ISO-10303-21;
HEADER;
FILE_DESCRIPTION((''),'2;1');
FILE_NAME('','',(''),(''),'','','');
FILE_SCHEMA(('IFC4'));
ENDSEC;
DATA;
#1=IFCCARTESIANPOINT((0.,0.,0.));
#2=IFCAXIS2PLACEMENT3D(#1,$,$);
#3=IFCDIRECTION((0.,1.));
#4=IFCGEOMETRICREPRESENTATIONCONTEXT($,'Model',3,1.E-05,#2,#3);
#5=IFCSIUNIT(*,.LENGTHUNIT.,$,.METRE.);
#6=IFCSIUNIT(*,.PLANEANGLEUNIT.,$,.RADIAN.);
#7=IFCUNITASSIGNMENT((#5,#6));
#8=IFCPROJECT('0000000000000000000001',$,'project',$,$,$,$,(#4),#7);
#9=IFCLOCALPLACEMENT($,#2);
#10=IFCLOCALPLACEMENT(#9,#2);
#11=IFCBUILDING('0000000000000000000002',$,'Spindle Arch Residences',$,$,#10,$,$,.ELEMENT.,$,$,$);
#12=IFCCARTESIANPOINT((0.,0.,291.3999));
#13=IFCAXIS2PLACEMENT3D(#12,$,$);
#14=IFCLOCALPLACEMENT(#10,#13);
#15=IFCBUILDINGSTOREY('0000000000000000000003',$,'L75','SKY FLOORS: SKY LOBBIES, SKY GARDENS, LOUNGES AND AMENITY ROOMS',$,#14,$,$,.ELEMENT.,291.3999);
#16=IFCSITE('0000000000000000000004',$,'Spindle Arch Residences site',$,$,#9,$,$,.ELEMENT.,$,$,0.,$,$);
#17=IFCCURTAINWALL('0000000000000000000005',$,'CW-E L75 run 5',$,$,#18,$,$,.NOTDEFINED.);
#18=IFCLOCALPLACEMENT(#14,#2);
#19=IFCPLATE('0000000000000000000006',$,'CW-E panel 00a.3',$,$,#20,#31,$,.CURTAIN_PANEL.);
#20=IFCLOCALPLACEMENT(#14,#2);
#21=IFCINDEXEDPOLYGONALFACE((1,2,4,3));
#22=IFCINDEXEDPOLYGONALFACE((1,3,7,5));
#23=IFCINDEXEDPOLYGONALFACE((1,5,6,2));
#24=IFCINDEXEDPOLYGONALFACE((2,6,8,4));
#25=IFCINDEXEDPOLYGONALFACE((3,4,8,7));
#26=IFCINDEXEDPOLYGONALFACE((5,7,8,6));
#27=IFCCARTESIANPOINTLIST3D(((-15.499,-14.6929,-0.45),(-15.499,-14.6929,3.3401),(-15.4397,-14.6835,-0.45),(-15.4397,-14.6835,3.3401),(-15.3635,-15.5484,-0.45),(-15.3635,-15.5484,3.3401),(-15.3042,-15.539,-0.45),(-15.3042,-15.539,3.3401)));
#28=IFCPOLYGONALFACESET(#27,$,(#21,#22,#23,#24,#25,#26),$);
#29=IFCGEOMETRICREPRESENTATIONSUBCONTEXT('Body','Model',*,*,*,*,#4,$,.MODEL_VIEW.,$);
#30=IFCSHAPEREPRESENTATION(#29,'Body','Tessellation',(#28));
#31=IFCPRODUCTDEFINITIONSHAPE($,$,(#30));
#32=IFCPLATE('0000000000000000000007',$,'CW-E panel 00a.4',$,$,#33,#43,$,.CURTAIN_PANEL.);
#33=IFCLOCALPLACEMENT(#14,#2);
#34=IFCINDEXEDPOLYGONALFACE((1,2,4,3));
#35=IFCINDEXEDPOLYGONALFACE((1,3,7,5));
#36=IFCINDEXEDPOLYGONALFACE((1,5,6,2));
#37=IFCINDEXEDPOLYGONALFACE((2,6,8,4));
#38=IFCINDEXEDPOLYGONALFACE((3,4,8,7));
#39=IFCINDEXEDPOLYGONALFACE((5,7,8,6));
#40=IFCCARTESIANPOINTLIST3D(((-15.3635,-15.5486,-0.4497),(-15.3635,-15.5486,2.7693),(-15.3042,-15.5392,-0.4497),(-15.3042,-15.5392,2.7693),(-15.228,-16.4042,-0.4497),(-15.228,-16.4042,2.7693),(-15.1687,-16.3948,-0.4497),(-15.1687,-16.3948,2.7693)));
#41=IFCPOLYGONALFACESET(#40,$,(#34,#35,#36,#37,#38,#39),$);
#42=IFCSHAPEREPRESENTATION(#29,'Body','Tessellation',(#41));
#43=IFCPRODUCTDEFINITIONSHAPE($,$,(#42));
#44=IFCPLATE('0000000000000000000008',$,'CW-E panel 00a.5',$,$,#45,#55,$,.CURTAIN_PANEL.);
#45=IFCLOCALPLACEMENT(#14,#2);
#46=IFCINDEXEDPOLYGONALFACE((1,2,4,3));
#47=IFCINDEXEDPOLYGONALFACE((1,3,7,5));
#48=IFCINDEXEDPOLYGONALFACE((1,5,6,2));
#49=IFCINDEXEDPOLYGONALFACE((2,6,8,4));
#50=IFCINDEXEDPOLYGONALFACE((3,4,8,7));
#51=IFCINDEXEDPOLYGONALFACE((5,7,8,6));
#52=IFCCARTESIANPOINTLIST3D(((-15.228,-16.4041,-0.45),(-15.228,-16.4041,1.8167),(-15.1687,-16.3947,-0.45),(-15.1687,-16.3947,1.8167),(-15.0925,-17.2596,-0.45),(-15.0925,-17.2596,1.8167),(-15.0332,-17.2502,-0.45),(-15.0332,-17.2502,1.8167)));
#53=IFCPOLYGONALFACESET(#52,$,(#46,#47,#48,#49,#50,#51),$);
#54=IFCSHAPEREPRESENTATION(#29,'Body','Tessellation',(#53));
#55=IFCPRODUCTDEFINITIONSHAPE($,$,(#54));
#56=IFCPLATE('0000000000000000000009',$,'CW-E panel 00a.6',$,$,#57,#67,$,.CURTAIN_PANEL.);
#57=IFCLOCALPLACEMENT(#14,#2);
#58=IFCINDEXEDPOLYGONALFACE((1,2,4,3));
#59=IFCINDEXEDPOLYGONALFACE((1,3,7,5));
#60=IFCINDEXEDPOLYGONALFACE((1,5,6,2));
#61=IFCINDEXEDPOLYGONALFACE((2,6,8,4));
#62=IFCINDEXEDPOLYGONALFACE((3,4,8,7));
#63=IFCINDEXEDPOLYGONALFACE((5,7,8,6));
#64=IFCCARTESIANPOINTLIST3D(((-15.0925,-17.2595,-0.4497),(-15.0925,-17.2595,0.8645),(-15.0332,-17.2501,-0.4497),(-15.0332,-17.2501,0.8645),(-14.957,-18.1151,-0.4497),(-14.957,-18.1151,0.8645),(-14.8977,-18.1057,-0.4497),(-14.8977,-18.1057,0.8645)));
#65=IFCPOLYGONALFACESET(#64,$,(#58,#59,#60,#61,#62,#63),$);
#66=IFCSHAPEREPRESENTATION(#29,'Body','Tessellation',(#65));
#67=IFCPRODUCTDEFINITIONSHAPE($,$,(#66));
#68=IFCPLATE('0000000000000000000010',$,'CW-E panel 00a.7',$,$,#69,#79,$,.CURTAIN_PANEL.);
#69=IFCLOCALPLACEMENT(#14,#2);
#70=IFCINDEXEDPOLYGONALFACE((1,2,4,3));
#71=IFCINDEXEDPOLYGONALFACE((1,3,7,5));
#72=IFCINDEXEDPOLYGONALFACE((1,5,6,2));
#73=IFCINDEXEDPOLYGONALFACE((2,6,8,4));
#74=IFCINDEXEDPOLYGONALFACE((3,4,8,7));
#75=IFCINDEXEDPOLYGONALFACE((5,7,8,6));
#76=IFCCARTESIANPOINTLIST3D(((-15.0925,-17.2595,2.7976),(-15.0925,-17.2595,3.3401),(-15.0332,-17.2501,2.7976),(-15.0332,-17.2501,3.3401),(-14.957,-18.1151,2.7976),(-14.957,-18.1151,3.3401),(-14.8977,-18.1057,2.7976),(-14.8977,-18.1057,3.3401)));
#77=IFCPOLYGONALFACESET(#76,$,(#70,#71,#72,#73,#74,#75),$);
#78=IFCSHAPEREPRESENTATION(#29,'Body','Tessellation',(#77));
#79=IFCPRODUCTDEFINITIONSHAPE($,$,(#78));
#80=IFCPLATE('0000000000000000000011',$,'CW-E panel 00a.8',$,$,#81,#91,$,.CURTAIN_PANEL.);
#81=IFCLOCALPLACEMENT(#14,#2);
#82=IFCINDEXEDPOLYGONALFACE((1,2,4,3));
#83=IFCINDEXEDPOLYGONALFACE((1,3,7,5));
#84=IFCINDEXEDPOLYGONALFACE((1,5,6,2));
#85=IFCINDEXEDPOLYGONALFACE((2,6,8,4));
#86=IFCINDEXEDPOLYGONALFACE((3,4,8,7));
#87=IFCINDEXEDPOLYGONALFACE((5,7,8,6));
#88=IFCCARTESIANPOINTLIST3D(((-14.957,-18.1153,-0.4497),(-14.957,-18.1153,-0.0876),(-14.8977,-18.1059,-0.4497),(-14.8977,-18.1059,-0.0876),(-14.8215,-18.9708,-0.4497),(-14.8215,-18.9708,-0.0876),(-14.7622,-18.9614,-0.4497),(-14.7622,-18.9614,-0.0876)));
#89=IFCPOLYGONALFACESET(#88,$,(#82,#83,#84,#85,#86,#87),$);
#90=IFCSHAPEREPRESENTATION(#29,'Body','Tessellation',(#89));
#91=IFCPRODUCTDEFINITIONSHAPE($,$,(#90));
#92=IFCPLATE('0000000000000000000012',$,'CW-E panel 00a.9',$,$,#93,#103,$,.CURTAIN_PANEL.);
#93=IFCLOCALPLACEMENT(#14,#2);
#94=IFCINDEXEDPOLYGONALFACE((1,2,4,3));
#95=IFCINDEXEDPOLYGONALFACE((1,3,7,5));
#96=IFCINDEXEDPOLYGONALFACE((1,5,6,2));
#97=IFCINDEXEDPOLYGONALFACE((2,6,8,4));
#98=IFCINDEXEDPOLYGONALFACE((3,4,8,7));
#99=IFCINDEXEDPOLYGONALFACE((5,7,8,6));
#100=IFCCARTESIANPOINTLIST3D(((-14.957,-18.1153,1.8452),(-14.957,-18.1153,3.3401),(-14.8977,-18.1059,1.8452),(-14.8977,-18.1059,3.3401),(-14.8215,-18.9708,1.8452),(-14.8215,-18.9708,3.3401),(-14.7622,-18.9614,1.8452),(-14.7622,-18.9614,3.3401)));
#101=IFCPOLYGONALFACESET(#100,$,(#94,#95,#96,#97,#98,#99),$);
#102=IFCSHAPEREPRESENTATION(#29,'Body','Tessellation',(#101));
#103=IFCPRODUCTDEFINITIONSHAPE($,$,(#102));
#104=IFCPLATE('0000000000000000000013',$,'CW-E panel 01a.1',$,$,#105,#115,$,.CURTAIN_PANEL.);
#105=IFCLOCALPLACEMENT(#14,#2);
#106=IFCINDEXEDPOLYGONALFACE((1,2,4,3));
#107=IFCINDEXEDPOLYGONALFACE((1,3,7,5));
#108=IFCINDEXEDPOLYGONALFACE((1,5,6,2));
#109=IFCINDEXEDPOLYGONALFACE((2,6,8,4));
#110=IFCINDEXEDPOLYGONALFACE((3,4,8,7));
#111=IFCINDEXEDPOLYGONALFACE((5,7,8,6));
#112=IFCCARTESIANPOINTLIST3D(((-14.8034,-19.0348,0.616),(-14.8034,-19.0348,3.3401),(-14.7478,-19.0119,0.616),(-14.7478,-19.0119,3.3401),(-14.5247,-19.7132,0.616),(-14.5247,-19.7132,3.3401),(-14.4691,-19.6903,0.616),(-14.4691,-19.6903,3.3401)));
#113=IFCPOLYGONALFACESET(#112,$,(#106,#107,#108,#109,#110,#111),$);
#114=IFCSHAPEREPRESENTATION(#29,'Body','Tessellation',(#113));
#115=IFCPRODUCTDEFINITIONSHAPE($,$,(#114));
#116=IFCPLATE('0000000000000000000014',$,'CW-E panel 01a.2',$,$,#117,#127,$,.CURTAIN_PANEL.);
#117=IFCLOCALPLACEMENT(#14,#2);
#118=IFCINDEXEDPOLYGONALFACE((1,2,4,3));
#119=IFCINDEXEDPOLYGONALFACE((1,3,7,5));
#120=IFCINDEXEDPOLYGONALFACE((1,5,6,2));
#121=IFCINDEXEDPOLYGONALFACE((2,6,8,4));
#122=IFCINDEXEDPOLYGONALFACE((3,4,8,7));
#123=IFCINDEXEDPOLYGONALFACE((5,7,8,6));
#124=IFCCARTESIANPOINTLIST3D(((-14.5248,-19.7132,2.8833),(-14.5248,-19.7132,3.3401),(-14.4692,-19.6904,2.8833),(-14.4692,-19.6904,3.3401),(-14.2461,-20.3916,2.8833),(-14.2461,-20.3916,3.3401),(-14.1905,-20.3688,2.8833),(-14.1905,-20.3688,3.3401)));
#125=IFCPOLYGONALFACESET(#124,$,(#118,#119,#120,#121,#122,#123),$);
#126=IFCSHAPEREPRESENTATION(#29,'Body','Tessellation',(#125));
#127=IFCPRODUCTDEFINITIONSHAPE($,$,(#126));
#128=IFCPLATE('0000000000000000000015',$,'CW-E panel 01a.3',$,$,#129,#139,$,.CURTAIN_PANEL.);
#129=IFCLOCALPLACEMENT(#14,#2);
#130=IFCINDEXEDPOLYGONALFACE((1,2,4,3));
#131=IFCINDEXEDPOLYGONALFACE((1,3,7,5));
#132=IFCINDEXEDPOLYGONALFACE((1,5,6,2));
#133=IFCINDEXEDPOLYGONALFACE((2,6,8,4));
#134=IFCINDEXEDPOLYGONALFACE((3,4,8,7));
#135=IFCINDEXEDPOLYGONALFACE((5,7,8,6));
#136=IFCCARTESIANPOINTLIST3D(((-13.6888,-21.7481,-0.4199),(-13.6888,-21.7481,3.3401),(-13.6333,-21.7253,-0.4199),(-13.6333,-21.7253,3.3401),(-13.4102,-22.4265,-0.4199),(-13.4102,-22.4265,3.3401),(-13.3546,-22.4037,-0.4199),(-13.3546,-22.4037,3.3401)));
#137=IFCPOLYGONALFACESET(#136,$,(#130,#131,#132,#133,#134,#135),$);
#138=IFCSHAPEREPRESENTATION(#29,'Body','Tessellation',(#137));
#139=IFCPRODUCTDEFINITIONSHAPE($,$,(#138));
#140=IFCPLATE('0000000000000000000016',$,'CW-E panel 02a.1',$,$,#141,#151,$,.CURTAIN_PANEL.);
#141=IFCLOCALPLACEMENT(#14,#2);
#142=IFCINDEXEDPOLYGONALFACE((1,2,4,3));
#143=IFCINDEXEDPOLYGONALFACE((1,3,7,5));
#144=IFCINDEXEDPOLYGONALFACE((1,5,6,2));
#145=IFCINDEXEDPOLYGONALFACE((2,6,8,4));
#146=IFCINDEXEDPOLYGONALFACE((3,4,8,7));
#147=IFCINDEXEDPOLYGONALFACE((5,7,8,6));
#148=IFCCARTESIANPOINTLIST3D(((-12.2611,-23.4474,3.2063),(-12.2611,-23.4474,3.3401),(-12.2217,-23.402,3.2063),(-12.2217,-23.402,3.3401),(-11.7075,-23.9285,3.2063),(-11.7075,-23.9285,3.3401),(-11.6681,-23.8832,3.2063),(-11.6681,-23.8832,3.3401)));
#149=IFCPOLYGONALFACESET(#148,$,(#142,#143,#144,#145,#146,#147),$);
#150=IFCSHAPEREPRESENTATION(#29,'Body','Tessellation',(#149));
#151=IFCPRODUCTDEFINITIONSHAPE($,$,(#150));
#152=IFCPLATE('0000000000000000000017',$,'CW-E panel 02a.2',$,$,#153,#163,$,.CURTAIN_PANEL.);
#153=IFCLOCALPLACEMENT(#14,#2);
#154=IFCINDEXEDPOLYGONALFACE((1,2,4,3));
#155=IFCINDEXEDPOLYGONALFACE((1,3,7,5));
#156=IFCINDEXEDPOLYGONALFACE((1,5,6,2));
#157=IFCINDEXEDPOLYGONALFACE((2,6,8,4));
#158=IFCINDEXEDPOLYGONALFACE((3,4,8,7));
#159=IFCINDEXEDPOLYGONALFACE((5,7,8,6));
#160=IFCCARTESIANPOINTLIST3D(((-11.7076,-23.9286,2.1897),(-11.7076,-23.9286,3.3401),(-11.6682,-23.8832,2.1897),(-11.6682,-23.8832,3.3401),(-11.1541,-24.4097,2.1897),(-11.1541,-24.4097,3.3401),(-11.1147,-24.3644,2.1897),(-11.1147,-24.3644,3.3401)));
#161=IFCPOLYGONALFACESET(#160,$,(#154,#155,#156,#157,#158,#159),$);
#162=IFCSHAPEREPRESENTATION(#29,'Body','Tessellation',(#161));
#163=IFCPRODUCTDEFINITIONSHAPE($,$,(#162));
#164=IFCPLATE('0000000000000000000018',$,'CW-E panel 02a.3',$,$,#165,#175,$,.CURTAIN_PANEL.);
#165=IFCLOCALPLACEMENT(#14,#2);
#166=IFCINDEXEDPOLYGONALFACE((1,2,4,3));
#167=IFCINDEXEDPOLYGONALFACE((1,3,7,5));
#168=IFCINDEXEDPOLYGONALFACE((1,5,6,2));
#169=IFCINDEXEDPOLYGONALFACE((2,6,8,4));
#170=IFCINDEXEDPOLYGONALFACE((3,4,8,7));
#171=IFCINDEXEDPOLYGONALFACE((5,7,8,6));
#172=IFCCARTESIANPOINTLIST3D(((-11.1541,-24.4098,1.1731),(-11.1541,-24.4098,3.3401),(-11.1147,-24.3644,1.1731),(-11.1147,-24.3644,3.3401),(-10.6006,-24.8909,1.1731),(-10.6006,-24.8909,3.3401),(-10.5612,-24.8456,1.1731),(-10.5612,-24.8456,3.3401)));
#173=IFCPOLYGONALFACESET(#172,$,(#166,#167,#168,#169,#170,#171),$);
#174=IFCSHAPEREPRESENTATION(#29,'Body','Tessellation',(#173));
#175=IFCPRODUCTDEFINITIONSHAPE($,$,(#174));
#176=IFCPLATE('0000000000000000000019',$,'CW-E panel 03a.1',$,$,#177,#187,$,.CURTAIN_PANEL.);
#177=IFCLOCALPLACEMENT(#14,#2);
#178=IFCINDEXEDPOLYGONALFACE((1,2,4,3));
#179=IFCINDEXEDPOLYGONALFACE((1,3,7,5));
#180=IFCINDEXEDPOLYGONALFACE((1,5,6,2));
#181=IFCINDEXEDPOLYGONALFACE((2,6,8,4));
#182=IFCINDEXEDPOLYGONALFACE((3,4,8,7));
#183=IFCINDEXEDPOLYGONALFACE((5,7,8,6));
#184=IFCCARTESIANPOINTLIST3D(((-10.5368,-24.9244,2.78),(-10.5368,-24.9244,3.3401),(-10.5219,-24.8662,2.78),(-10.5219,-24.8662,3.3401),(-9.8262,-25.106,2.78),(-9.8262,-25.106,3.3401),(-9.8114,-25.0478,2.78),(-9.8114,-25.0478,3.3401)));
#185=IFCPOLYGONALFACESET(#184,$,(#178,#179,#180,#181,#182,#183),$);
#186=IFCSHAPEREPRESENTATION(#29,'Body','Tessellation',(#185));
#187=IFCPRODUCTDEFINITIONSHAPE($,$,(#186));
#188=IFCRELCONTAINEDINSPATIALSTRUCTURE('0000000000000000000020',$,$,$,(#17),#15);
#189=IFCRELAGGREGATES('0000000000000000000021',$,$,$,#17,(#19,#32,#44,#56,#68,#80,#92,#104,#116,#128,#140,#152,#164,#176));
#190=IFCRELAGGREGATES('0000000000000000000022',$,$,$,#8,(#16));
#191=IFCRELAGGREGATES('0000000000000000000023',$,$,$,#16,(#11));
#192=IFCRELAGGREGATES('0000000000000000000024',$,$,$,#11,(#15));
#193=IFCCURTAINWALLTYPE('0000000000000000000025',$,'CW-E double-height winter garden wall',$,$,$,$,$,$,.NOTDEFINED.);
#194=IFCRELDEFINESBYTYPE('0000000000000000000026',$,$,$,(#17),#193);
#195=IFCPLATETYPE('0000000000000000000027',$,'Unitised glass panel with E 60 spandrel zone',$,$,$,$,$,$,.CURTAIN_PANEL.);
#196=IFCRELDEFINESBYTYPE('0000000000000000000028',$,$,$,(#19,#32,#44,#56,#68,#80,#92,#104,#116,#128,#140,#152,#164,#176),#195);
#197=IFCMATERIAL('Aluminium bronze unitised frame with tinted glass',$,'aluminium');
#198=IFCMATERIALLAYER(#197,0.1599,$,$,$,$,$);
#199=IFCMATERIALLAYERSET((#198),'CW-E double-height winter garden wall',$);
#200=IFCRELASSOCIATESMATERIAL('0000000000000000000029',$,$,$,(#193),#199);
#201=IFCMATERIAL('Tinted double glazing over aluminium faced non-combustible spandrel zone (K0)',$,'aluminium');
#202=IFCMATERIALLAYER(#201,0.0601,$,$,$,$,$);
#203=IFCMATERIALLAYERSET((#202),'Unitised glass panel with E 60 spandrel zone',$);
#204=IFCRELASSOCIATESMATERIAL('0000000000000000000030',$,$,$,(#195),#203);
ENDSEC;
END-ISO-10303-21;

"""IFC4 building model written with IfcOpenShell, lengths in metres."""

from ifc_helpers import new_model, si_unit, direction, frame, origin, origin_2d, place, context, subcontext, project, spatial, rectangle, extrude, material, layer, layer_set, type_object, element, aggregate, save


model = new_model("IFC4")

# Units and contexts
model_context = context("Model", 3, precision=1e-05, world=origin(), true_north=direction((0.0, 1.0)))
body_context = subcontext(model_context, "Body", "Model", "MODEL_VIEW")
ifc_project = project(units=[si_unit("LENGTHUNIT", "METRE"), si_unit("PLANEANGLEUNIT", "RADIAN")], contexts=[model_context])

# Site, building, storey
site_placement = place(None, origin())
site = spatial("IfcSite", under=ifc_project, at=site_placement, Name="Spindle Arch Residences site", CompositionType="ELEMENT", RefElevation=0.0)
building_placement = place(site_placement, origin())
building = spatial("IfcBuilding", under=site, at=building_placement, Name="Spindle Arch Residences", CompositionType="ELEMENT")
storey_placement = place(building_placement, frame((0.0, 0.0, 291.3999)))
storey = spatial("IfcBuildingStorey", under=building, at=storey_placement, Name="L75", Description="SKY FLOORS: SKY LOBBIES, SKY GARDENS, LOUNGES AND AMENITY ROOMS", CompositionType="ELEMENT", Elevation=291.3999)

# Curtain wall, plates
ifc_material_1 = material(Name="Aluminium bronze unitised frame with tinted glass", Category="aluminium")
ifc_layer_1 = layer(ifc_material_1, 0.1599)
ifc_layer_set_1 = layer_set([ifc_layer_1], Name="CW-E double-height winter garden wall")
curtain_wall_type = type_object("IfcCurtainWallType", Name="CW-E double-height winter garden wall", PredefinedType="NOTDEFINED", material=ifc_layer_set_1)
curtain_wall_placement = place(storey_placement, origin())
curtain_wall = element("IfcCurtainWall", 1, at=curtain_wall_placement, inside=storey, type_object=curtain_wall_type, Name="CW-E L75 run 5", PredefinedType="NOTDEFINED")
ifc_material_2 = material(Name="Tinted double glazing over aluminium faced non-combustible spandrel zone (K0)", Category="aluminium")
ifc_layer_2 = layer(ifc_material_2, 0.0601)
ifc_layer_set_2 = layer_set([ifc_layer_2], Name="Unitised glass panel with E 60 spandrel zone")
plate_type_1 = type_object("IfcPlateType", Name="Unitised glass panel with E 60 spandrel zone", PredefinedType="CURTAIN_PANEL", material=ifc_layer_set_2)
plate_1_placement = place(storey_placement, frame((-15.4016, -15.116, -0.45), z_axis=(0.0, 0.0, 1.0), x_axis=(0.156434, -0.987688, 0.0)))
plate_1 = element("IfcPlate", 2, at=plate_1_placement, type_object=plate_type_1, Name="CW-E panel 00a.3", PredefinedType="CURTAIN_PANEL", context=body_context, shape_type="SweptSolid", body=[
    extrude(rectangle(XDim=0.8662, YDim=0.0601, at=origin_2d()), origin(), (0.0, 0.0, 1.0), 3.79),
])
plate_2_placement = place(storey_placement, frame((-15.2661, -15.9717, -0.4497), z_axis=(0.0, 0.0, 1.0), x_axis=(0.156434, -0.987688, 0.0)))
plate_2 = element("IfcPlate", 3, at=plate_2_placement, type_object=plate_type_1, Name="CW-E panel 00a.4", PredefinedType="CURTAIN_PANEL", context=body_context, shape_type="SweptSolid", body=[
    extrude(rectangle(XDim=0.8662, YDim=0.0601, at=origin_2d()), origin(), (0.0, 0.0, 1.0), 3.219),
])
plate_3_placement = place(storey_placement, frame((-15.1306, -16.8271, -0.45), z_axis=(0.0, 0.0, 1.0), x_axis=(0.156434, -0.987688, 0.0)))
plate_3 = element("IfcPlate", 4, at=plate_3_placement, type_object=plate_type_1, Name="CW-E panel 00a.5", PredefinedType="CURTAIN_PANEL", context=body_context, shape_type="SweptSolid", body=[
    extrude(rectangle(XDim=0.8662, YDim=0.0601, at=origin_2d()), origin(), (0.0, 0.0, 1.0), 2.2666),
])
plate_4_placement = place(storey_placement, frame((-14.9951, -17.6826, -0.4497), z_axis=(0.0, 0.0, 1.0), x_axis=(0.156434, -0.987688, 0.0)))
plate_4 = element("IfcPlate", 5, at=plate_4_placement, type_object=plate_type_1, Name="CW-E panel 00a.6", PredefinedType="CURTAIN_PANEL", context=body_context, shape_type="SweptSolid", body=[
    extrude(rectangle(XDim=0.8662, YDim=0.0601, at=origin_2d()), origin(), (0.0, 0.0, 1.0), 1.3142),
])
plate_5_placement = place(storey_placement, frame((-14.9951, -17.6826, 2.7976), z_axis=(0.0, 0.0, 1.0), x_axis=(0.156434, -0.987688, 0.0)))
plate_5 = element("IfcPlate", 6, at=plate_5_placement, type_object=plate_type_1, Name="CW-E panel 00a.7", PredefinedType="CURTAIN_PANEL", context=body_context, shape_type="SweptSolid", body=[
    extrude(rectangle(XDim=0.8662, YDim=0.0601, at=origin_2d()), origin(), (0.0, 0.0, 1.0), 0.5425),
])
plate_6_placement = place(storey_placement, frame((-14.8596, -18.5383, -0.4497), z_axis=(0.0, 0.0, 1.0), x_axis=(0.156434, -0.987688, 0.0)))
plate_6 = element("IfcPlate", 7, at=plate_6_placement, type_object=plate_type_1, Name="CW-E panel 00a.8", PredefinedType="CURTAIN_PANEL", context=body_context, shape_type="SweptSolid", body=[
    extrude(rectangle(XDim=0.8662, YDim=0.0601, at=origin_2d()), origin(), (0.0, 0.0, 1.0), 0.3621),
])
plate_7_placement = place(storey_placement, frame((-14.8596, -18.5383, 1.8452), z_axis=(0.0, 0.0, 1.0), x_axis=(0.156434, -0.987688, 0.0)))
plate_7 = element("IfcPlate", 8, at=plate_7_placement, type_object=plate_type_1, Name="CW-E panel 00a.9", PredefinedType="CURTAIN_PANEL", context=body_context, shape_type="SweptSolid", body=[
    extrude(rectangle(XDim=0.8662, YDim=0.0601, at=origin_2d()), origin(), (0.0, 0.0, 1.0), 1.4949),
])
plate_8_placement = place(storey_placement, frame((-14.6362, -19.3625, 0.616), z_axis=(0.0, 0.0, 1.0), x_axis=(0.379994, -0.924989, 0.0)))
plate_8 = element("IfcPlate", 9, at=plate_8_placement, type_object=plate_type_1, Name="CW-E panel 01a.1", PredefinedType="CURTAIN_PANEL", context=body_context, shape_type="SweptSolid", body=[
    extrude(rectangle(XDim=0.7334, YDim=0.0601, at=origin_2d()), origin(), (0.0, 0.0, 1.0), 2.7241),
])
plate_9_placement = place(storey_placement, frame((-14.3577, -20.041, 2.8833), z_axis=(0.0, 0.0, 1.0), x_axis=(0.379994, -0.924989, 0.0)))
plate_9 = element("IfcPlate", 10, at=plate_9_placement, type_object=plate_type_1, Name="CW-E panel 01a.2", PredefinedType="CURTAIN_PANEL", context=body_context, shape_type="SweptSolid", body=[
    extrude(rectangle(XDim=0.7334, YDim=0.0601, at=origin_2d()), origin(), (0.0, 0.0, 1.0), 0.4568),
])
plate_10_placement = place(storey_placement, frame((-13.5217, -22.0759, -0.4199), z_axis=(0.0, 0.0, 1.0), x_axis=(0.379994, -0.924989, 0.0)))
plate_10 = element("IfcPlate", 11, at=plate_10_placement, type_object=plate_type_1, Name="CW-E panel 01a.3", PredefinedType="CURTAIN_PANEL", context=body_context, shape_type="SweptSolid", body=[
    extrude(rectangle(XDim=0.7334, YDim=0.0601, at=origin_2d()), origin(), (0.0, 0.0, 1.0), 3.76),
])
plate_11_placement = place(storey_placement, frame((-11.9646, -23.6653, 3.2063), z_axis=(0.0, 0.0, 1.0), x_axis=(0.75471, -0.656059, 0.0)))
plate_11 = element("IfcPlate", 12, at=plate_11_placement, type_object=plate_type_1, Name="CW-E panel 02a.1", PredefinedType="CURTAIN_PANEL", context=body_context, shape_type="SweptSolid", body=[
    extrude(rectangle(XDim=0.7334, YDim=0.0601, at=origin_2d()), origin(), (0.0, 0.0, 1.0), 0.1338),
])
plate_12_placement = place(storey_placement, frame((-11.4111, -24.1465, 2.1897), z_axis=(0.0, 0.0, 1.0), x_axis=(0.75471, -0.656059, 0.0)))
plate_12 = element("IfcPlate", 13, at=plate_12_placement, type_object=plate_type_1, Name="CW-E panel 02a.2", PredefinedType="CURTAIN_PANEL", context=body_context, shape_type="SweptSolid", body=[
    extrude(rectangle(XDim=0.7334, YDim=0.0601, at=origin_2d()), origin(), (0.0, 0.0, 1.0), 1.1504),
])
plate_13_placement = place(storey_placement, frame((-10.8577, -24.6277, 1.1731), z_axis=(0.0, 0.0, 1.0), x_axis=(0.75471, -0.656059, 0.0)))
plate_13 = element("IfcPlate", 14, at=plate_13_placement, type_object=plate_type_1, Name="CW-E panel 02a.3", PredefinedType="CURTAIN_PANEL", context=body_context, shape_type="SweptSolid", body=[
    extrude(rectangle(XDim=0.7334, YDim=0.0601, at=origin_2d()), origin(), (0.0, 0.0, 1.0), 2.167),
])
plate_14_placement = place(storey_placement, frame((-10.1741, -24.9861, 2.78), z_axis=(0.0, 0.0, 1.0), x_axis=(0.968872, -0.247563, 0.0)))
plate_14 = element("IfcPlate", 15, at=plate_14_placement, type_object=plate_type_1, Name="CW-E panel 03a.1", PredefinedType="CURTAIN_PANEL", context=body_context, shape_type="SweptSolid", body=[
    extrude(rectangle(XDim=0.7334, YDim=0.0601, at=origin_2d()), origin(), (0.0, 0.0, 1.0), 0.5601),
])
aggregate(curtain_wall, [plate_1, plate_2, plate_3, plate_4, plate_5, plate_6, plate_7, plate_8, plate_9, plate_10, plate_11, plate_12, plate_13, plate_14])

save(model, "model.ifc")
